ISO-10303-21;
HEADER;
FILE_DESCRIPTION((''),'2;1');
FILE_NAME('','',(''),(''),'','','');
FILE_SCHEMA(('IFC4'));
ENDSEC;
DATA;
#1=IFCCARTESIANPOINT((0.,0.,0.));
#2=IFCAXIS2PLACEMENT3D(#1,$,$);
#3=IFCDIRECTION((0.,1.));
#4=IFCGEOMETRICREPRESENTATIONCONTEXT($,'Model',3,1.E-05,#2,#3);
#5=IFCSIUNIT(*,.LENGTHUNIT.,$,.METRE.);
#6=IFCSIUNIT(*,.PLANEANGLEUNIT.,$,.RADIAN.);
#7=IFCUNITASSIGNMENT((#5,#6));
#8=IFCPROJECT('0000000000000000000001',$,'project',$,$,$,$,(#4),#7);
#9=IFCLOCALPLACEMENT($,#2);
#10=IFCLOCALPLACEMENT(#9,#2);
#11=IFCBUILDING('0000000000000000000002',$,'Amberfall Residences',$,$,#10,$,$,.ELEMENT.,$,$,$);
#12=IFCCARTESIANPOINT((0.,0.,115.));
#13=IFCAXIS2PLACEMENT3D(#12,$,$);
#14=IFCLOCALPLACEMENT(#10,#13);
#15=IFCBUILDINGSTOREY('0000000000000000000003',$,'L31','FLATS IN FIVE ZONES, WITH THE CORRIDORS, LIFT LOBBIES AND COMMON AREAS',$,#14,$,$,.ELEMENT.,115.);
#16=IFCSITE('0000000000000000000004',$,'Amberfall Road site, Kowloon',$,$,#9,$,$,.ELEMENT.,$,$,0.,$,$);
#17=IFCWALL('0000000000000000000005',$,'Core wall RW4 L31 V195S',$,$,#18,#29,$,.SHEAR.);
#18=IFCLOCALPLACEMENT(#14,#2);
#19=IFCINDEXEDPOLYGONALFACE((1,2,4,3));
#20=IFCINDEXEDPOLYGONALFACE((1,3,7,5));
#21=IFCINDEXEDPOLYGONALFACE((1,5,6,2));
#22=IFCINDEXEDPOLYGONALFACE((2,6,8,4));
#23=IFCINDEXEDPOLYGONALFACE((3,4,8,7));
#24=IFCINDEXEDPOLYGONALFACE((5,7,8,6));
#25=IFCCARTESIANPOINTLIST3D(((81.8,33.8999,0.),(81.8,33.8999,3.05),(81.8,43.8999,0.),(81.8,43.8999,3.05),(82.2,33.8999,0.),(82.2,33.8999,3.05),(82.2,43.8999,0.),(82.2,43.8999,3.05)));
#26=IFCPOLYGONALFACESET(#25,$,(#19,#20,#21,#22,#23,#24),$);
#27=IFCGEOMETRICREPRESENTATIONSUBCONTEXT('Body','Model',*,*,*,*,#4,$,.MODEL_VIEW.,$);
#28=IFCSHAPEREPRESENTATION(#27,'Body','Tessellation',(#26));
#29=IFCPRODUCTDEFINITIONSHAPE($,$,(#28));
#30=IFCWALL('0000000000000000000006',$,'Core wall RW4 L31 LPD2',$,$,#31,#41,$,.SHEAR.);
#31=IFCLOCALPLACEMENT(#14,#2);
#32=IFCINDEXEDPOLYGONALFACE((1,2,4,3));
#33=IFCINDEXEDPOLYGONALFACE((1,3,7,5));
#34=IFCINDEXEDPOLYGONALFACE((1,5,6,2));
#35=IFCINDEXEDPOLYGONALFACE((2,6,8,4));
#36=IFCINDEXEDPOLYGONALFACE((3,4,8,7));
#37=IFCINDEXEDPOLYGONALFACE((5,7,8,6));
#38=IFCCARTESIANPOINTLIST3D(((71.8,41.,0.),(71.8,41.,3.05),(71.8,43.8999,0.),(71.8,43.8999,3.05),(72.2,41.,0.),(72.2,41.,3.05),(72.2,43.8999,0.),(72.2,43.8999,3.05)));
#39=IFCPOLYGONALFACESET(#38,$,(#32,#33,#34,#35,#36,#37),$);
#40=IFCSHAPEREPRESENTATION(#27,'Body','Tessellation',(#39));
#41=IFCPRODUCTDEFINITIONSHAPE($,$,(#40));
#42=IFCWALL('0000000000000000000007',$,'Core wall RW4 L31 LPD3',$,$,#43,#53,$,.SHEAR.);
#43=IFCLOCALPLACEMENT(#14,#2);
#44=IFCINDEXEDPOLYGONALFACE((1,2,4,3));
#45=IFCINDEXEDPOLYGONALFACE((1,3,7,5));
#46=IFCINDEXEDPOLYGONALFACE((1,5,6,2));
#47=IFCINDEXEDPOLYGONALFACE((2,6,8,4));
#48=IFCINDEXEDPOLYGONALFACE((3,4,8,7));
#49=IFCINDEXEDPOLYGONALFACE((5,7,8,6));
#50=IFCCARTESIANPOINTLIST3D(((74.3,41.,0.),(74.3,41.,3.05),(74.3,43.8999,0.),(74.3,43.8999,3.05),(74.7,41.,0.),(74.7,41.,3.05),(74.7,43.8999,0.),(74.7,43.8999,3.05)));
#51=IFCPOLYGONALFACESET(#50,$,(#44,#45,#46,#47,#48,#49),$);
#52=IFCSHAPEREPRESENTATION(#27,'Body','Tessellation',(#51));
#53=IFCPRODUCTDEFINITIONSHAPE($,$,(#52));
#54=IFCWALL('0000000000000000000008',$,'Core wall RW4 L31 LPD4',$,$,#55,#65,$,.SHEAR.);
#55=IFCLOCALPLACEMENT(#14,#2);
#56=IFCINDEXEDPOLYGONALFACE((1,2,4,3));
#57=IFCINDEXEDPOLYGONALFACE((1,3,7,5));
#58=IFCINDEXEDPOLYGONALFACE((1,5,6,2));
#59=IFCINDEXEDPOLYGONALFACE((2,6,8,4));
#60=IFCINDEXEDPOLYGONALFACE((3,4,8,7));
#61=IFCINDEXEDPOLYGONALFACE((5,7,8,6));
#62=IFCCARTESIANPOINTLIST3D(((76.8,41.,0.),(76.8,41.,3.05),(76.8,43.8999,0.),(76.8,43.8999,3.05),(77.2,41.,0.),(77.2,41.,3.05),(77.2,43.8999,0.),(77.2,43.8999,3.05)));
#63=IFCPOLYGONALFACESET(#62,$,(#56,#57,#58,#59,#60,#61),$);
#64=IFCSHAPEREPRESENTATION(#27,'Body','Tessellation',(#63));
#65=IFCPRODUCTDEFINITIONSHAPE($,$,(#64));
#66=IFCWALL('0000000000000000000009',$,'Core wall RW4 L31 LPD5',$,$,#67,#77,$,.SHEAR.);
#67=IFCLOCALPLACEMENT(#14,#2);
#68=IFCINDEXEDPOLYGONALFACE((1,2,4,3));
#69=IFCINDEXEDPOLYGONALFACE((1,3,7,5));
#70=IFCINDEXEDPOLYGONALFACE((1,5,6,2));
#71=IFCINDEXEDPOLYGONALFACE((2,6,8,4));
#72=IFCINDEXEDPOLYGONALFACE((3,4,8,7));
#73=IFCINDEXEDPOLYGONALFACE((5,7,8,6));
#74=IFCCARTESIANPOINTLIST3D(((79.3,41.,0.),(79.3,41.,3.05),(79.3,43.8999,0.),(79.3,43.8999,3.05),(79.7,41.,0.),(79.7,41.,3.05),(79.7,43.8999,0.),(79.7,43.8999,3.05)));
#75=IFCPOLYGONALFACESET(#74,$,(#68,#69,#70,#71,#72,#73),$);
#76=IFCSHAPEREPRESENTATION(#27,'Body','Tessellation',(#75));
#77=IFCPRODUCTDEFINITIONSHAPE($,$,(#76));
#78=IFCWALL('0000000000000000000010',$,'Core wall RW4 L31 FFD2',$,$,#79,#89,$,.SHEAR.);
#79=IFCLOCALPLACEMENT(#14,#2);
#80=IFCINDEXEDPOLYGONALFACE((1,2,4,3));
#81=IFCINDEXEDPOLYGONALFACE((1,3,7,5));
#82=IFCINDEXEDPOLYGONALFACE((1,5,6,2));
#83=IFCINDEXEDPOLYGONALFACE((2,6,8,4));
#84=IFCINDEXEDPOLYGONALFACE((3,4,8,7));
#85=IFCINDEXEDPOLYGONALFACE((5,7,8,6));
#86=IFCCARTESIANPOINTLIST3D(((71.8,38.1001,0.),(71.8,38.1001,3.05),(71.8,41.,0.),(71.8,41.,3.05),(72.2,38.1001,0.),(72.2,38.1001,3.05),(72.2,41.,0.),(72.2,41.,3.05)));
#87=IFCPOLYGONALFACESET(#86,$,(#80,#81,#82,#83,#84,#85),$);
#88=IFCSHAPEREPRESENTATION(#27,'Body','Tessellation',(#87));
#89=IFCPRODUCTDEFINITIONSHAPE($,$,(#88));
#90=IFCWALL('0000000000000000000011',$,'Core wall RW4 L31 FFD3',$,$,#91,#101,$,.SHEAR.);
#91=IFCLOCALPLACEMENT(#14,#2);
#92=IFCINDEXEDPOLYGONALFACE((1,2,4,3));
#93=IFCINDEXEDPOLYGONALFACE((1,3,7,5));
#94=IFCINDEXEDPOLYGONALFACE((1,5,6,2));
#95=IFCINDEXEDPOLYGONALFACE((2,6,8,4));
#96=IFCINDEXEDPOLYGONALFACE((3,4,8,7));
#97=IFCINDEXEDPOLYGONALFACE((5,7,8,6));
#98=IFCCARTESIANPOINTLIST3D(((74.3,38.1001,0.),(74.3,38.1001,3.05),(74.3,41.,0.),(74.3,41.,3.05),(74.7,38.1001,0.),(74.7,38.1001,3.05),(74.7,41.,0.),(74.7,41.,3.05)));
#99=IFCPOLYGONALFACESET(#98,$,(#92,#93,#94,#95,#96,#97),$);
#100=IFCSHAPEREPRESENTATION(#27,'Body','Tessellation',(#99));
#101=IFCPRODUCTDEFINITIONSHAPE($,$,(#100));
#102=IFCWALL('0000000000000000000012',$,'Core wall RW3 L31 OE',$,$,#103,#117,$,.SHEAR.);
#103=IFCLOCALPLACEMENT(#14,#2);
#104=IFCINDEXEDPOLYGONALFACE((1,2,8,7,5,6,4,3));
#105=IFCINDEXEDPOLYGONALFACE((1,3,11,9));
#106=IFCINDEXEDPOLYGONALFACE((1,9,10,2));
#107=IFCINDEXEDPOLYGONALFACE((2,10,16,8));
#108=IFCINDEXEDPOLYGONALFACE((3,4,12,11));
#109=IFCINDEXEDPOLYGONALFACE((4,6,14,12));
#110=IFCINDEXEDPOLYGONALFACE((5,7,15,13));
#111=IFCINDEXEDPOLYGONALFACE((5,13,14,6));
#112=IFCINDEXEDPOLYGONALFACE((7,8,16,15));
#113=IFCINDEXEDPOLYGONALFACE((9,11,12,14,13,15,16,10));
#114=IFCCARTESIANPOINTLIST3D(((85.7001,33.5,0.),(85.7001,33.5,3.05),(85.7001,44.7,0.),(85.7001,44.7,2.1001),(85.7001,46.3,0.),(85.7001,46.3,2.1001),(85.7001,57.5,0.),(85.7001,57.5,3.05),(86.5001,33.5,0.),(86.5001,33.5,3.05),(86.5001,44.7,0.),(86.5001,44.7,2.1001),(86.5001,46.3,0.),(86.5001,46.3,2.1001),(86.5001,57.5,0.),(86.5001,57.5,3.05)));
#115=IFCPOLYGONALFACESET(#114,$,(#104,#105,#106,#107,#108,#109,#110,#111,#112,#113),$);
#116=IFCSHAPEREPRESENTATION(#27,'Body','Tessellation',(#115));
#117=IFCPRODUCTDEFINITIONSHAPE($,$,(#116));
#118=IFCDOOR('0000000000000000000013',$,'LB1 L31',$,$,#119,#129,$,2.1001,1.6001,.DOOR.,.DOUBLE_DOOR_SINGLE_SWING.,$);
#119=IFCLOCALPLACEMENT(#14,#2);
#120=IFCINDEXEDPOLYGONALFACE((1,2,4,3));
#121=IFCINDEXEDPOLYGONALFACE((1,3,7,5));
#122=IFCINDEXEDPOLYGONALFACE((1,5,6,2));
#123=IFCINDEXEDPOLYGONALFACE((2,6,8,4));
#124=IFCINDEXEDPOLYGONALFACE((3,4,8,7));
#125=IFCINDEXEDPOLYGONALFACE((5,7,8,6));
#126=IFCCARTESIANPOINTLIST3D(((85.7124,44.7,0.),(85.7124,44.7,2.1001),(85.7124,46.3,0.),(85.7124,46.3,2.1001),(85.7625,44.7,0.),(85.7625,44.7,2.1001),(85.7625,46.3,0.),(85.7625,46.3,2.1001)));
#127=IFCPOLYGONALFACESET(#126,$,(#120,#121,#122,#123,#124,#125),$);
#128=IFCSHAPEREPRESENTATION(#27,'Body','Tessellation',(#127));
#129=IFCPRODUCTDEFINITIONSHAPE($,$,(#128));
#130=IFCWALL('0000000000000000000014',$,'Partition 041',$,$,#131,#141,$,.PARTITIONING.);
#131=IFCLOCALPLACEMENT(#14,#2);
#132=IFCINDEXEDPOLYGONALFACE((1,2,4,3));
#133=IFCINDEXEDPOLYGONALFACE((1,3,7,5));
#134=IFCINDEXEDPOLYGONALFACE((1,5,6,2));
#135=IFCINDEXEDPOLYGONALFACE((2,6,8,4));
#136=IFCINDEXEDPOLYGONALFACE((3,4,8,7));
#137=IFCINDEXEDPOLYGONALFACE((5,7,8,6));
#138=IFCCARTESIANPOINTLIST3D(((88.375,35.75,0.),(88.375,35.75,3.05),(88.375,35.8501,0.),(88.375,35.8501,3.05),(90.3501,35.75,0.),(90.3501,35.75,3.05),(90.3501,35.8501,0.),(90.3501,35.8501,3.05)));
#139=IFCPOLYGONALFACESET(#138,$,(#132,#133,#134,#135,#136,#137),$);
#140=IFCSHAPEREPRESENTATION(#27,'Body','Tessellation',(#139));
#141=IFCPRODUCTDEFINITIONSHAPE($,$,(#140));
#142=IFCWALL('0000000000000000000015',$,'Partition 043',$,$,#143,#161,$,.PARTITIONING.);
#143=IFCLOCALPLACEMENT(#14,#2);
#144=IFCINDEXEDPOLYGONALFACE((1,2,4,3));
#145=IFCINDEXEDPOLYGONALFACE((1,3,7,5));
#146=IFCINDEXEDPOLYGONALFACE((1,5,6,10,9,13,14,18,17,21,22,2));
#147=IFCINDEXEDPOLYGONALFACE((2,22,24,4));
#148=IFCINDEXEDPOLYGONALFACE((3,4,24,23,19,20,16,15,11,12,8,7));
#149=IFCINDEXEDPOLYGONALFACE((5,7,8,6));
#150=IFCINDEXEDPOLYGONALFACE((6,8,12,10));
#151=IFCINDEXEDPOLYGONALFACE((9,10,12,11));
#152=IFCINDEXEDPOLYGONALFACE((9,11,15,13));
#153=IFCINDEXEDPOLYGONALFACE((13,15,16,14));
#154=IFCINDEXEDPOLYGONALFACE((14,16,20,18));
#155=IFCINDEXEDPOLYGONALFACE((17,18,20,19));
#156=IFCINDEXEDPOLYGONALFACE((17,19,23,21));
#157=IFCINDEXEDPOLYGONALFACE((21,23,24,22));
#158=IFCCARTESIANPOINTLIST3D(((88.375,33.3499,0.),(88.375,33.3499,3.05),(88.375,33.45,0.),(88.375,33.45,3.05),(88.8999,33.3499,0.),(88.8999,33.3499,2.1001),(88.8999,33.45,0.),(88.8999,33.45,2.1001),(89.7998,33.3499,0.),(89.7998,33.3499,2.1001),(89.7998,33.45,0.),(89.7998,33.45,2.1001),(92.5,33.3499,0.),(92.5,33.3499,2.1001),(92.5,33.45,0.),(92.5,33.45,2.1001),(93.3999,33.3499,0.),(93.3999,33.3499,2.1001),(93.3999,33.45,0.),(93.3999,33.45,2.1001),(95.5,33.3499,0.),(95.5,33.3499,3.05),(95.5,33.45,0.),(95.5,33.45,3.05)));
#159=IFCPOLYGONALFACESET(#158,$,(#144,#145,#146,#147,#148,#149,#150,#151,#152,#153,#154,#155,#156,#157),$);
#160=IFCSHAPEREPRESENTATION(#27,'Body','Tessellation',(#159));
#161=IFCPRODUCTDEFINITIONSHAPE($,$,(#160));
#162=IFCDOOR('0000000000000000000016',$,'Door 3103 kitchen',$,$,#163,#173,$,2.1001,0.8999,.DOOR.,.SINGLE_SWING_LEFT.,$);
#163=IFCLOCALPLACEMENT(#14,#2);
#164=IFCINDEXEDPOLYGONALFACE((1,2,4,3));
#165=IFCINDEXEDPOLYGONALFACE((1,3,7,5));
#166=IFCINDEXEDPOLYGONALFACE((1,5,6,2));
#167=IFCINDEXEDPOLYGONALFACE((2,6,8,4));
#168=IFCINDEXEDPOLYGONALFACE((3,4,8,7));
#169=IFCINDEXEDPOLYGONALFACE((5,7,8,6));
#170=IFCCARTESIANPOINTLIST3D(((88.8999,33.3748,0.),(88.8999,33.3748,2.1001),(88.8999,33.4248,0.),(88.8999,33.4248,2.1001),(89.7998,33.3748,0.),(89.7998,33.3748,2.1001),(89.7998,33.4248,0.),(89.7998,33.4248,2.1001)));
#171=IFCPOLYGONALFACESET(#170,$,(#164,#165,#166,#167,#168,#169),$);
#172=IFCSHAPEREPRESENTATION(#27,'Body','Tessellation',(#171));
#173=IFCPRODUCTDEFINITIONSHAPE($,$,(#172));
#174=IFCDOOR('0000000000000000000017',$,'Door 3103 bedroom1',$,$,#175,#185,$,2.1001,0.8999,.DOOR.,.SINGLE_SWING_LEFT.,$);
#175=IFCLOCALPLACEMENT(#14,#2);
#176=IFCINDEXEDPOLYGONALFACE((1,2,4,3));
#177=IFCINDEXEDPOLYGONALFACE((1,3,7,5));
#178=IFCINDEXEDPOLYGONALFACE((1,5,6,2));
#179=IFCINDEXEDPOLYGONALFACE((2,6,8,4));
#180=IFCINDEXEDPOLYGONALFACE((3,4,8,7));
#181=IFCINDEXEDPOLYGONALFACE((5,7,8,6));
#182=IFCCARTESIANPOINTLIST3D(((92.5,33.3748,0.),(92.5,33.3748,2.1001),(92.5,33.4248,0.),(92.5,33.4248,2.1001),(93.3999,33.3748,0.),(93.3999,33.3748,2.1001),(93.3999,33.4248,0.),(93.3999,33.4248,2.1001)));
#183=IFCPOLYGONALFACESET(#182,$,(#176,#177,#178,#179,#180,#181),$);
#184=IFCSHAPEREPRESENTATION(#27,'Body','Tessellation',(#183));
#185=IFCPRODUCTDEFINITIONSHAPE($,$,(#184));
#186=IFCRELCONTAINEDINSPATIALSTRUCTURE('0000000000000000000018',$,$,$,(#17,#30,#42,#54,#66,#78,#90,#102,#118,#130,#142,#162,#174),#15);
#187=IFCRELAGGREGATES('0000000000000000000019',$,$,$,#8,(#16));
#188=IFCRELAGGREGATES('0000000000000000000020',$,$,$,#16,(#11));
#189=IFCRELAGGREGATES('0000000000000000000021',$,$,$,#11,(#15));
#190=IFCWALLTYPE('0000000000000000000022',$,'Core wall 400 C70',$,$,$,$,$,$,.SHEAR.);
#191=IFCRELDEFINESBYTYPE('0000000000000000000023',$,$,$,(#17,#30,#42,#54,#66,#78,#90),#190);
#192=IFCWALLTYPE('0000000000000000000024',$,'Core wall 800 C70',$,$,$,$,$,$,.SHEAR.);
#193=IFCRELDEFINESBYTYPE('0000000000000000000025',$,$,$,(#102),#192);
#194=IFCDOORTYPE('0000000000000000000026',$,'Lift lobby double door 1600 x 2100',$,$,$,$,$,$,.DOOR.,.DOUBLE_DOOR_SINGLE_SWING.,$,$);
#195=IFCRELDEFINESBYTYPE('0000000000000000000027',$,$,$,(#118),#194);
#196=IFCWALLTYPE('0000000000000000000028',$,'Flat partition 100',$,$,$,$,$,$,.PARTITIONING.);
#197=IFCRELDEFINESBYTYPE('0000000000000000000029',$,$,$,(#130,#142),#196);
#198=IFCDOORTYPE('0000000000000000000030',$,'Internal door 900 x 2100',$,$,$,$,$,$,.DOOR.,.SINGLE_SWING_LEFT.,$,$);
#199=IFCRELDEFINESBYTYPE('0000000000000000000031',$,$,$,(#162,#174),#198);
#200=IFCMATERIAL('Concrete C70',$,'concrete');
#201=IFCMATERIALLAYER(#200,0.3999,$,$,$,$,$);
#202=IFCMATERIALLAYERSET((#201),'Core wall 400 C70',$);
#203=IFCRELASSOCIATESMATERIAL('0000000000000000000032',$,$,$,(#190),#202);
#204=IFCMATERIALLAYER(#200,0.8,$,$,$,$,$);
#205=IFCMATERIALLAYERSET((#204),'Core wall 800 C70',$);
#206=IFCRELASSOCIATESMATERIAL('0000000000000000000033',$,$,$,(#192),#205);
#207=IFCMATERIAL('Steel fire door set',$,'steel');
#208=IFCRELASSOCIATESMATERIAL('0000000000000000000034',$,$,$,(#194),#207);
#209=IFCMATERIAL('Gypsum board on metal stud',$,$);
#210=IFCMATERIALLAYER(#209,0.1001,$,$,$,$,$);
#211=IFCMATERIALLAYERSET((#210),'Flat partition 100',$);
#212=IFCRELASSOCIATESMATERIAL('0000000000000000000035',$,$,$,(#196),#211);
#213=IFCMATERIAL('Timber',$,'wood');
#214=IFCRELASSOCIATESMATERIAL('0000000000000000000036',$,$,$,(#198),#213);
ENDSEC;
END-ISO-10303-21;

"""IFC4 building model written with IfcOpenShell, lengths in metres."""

from ifc_helpers import new_model, si_unit, direction, frame, frame_2d, origin, place, context, subcontext, project, spatial, rectangle, extrude, material, layer, layer_set, type_object, element, fill, save


model = new_model("IFC4")

# Units and contexts
model_context = context("Model", 3, precision=1e-05, world=origin(), true_north=direction((0.0, 1.0)))
body_context = subcontext(model_context, "Body", "Model", "MODEL_VIEW")
ifc_project = project(units=[si_unit("LENGTHUNIT", "METRE"), si_unit("PLANEANGLEUNIT", "RADIAN")], contexts=[model_context])

# Site, building, storey
site_placement = place(None, origin())
site = spatial("IfcSite", under=ifc_project, at=site_placement, Name="Amberfall Road site, Kowloon", CompositionType="ELEMENT", RefElevation=0.0)
building_placement = place(site_placement, origin())
building = spatial("IfcBuilding", under=site, at=building_placement, Name="Amberfall Residences", CompositionType="ELEMENT")
storey_placement = place(building_placement, frame((0.0, 0.0, 115.0)))
storey = spatial("IfcBuildingStorey", under=building, at=storey_placement, Name="L31", Description="FLATS IN FIVE ZONES, WITH THE CORRIDORS, LIFT LOBBIES AND COMMON AREAS", CompositionType="ELEMENT", Elevation=115.0)

# Walls
ifc_material_1 = material(Name="Concrete C70", Category="concrete")
ifc_layer_1 = layer(ifc_material_1, 0.3999)
ifc_layer_set_1 = layer_set([ifc_layer_1], Name="Core wall 400 C70")
wall_type_1 = type_object("IfcWallType", Name="Core wall 400 C70", PredefinedType="SHEAR", material=ifc_layer_set_1)
wall_1_placement = place(storey_placement, frame((82.0, 33.8999, 0.0), z_axis=(0.0, 0.0, 1.0), x_axis=(0.0, 1.0, 0.0)))
element("IfcWall", 1, at=wall_1_placement, inside=storey, type_object=wall_type_1, Name="Core wall RW4 L31 V195S", PredefinedType="SHEAR", context=body_context, shape_type="SweptSolid", body=[
    extrude(rectangle(XDim=10.0, YDim=0.3999, at=frame_2d((5.0, 0.0))), origin(), (0.0, 0.0, 1.0), 3.05),
])
for number, where, z_axis, x_axis, name in (
    (2, (72.0, 41.0, 0.0), (0.0, 0.0, 1.0), (0.0, 1.0, 0.0), "Core wall RW4 L31 LPD2"),
    (3, (74.5, 41.0, 0.0), (0.0, 0.0, 1.0), (0.0, 1.0, 0.0), "Core wall RW4 L31 LPD3"),
    (4, (77.0, 41.0, 0.0), (0.0, 0.0, 1.0), (0.0, 1.0, 0.0), "Core wall RW4 L31 LPD4"),
    (5, (79.5, 41.0, 0.0), (0.0, 0.0, 1.0), (0.0, 1.0, 0.0), "Core wall RW4 L31 LPD5"),
    (6, (72.0, 38.1001, 0.0), (0.0, 0.0, 1.0), (0.0, 1.0, 0.0), "Core wall RW4 L31 FFD2"),
    (7, (74.5, 38.1001, 0.0), (0.0, 0.0, 1.0), (0.0, 1.0, 0.0), "Core wall RW4 L31 FFD3"),
):
    element("IfcWall", number, at=place(storey_placement, frame(where, z_axis=z_axis, x_axis=x_axis)), inside=storey, type_object=wall_type_1, Name=name, PredefinedType="SHEAR", context=body_context, shape_type="SweptSolid", body=[
        extrude(rectangle(XDim=2.8999, YDim=0.3999, at=frame_2d((1.45, 0.0))), origin(), (0.0, 0.0, 1.0), 3.05),
    ])

# Wall, opening, door
ifc_layer_2 = layer(ifc_material_1, 0.8)
ifc_layer_set_2 = layer_set([ifc_layer_2], Name="Core wall 800 C70")
wall_type_2 = type_object("IfcWallType", Name="Core wall 800 C70", PredefinedType="SHEAR", material=ifc_layer_set_2)
wall_2_placement = place(storey_placement, frame((86.1001, 33.5, 0.0), z_axis=(0.0, 0.0, 1.0), x_axis=(0.0, 1.0, 0.0)))
wall_2 = element("IfcWall", 8, at=wall_2_placement, inside=storey, type_object=wall_type_2, Name="Core wall RW3 L31 OE", PredefinedType="SHEAR", context=body_context, shape_type="SweptSolid", body=[
    extrude(rectangle(XDim=24.0, YDim=0.8, at=frame_2d((12.0, 0.0))), origin(), (0.0, 0.0, 1.0), 3.05),
])
opening_1_placement = place(wall_2_placement, frame((11.2, 0.0, 0.0)))
opening_1 = element("IfcOpeningElement", 9, at=opening_1_placement, cuts=wall_2, PredefinedType="OPENING", context=body_context, shape_type="SweptSolid", body=[
    extrude(rectangle(XDim=1.6001, YDim=2.1001, at=frame_2d((0.8, 1.05))), frame((0.0, 0.4099, 0.0), z_axis=(0.0, -1.0, 0.0), x_axis=(1.0, 0.0, 0.0)), (0.0, 0.0, 1.0), 0.8201),
])
ifc_material_2 = material(Name="Steel fire door set", Category="steel")
door_type_1 = type_object("IfcDoorType", Name="Lift lobby double door 1600 x 2100", OperationType="DOUBLE_DOOR_SINGLE_SWING", PredefinedType="DOOR", material=ifc_material_2)
door_1_placement = place(opening_1_placement, origin())
door_1 = element("IfcDoor", 10, at=door_1_placement, inside=storey, type_object=door_type_1, Name="LB1 L31", OperationType="DOUBLE_DOOR_SINGLE_SWING", OverallHeight=2.1001, OverallWidth=1.6001, PredefinedType="DOOR", context=body_context, shape_type="SweptSolid", body=[
    extrude(rectangle(XDim=1.6001, YDim=2.1001, at=frame_2d((0.8, 1.05))), frame((0.0, 0.3877, 0.0), z_axis=(0.0, -1.0, 0.0), x_axis=(1.0, 0.0, 0.0)), (0.0, 0.0, 1.0), 0.05),
])
fill(opening_1, door_1)

# Wall
ifc_material_3 = material(Name="Gypsum board on metal stud")
ifc_layer_3 = layer(ifc_material_3, 0.1001)
ifc_layer_set_3 = layer_set([ifc_layer_3], Name="Flat partition 100")
wall_type_3 = type_object("IfcWallType", Name="Flat partition 100", PredefinedType="PARTITIONING", material=ifc_layer_set_3)
wall_3_placement = place(storey_placement, frame((88.375, 35.8, 0.0), z_axis=(0.0, 0.0, 1.0), x_axis=(1.0, 0.0, 0.0)))
element("IfcWall", 11, at=wall_3_placement, inside=storey, type_object=wall_type_3, Name="Partition 041", PredefinedType="PARTITIONING", context=body_context, shape_type="SweptSolid", body=[
    extrude(rectangle(XDim=1.9751, YDim=0.1001, at=frame_2d((0.9875, 0.0))), origin(), (0.0, 0.0, 1.0), 3.05),
])

# Wall, openings, doors
wall_4_placement = place(storey_placement, frame((88.375, 33.3999, 0.0), z_axis=(0.0, 0.0, 1.0), x_axis=(1.0, 0.0, 0.0)))
wall_4 = element("IfcWall", 12, at=wall_4_placement, inside=storey, type_object=wall_type_3, Name="Partition 043", PredefinedType="PARTITIONING", context=body_context, shape_type="SweptSolid", body=[
    extrude(rectangle(XDim=7.125, YDim=0.1001, at=frame_2d((3.5625, 0.0))), origin(), (0.0, 0.0, 1.0), 3.05),
])
opening_2_placement = place(wall_4_placement, frame((0.5249, 0.0, 0.0)))
opening_2 = element("IfcOpeningElement", 13, at=opening_2_placement, cuts=wall_4, PredefinedType="OPENING", context=body_context, shape_type="SweptSolid", body=[
    extrude(rectangle(XDim=0.8999, YDim=2.1001, at=frame_2d((0.45, 1.05))), frame((0.0, 0.0601, 0.0), z_axis=(0.0, -1.0, 0.0), x_axis=(1.0, 0.0, 0.0)), (0.0, 0.0, 1.0), 0.1201),
])
opening_3_placement = place(wall_4_placement, frame((4.125, 0.0, 0.0)))
opening_3 = element("IfcOpeningElement", 14, at=opening_3_placement, cuts=wall_4, PredefinedType="OPENING", context=body_context, shape_type="SweptSolid", body=[
    extrude(rectangle(XDim=0.8999, YDim=2.1001, at=frame_2d((0.45, 1.05))), frame((0.0, 0.0601, 0.0), z_axis=(0.0, -1.0, 0.0), x_axis=(1.0, 0.0, 0.0)), (0.0, 0.0, 1.0), 0.1201),
])
ifc_material_4 = material(Name="Timber", Category="wood")
door_type_2 = type_object("IfcDoorType", Name="Internal door 900 x 2100", OperationType="SINGLE_SWING_LEFT", PredefinedType="DOOR", material=ifc_material_4)
door_2_placement = place(opening_2_placement, origin())
door_2 = element("IfcDoor", 15, at=door_2_placement, inside=storey, type_object=door_type_2, Name="Door 3103 kitchen", OperationType="SINGLE_SWING_LEFT", OverallHeight=2.1001, OverallWidth=0.8999, PredefinedType="DOOR", context=body_context, shape_type="SweptSolid", body=[
    extrude(rectangle(XDim=0.8999, YDim=2.1001, at=frame_2d((0.45, 1.05))), frame((0.0, 0.0249, 0.0), z_axis=(0.0, -1.0, 0.0), x_axis=(1.0, 0.0, 0.0)), (0.0, 0.0, 1.0), 0.05),
])
fill(opening_2, door_2)
door_3_placement = place(opening_3_placement, origin())
door_3 = element("IfcDoor", 16, at=door_3_placement, inside=storey, type_object=door_type_2, Name="Door 3103 bedroom1", OperationType="SINGLE_SWING_LEFT", OverallHeight=2.1001, OverallWidth=0.8999, PredefinedType="DOOR", context=body_context, shape_type="SweptSolid", body=[
    extrude(rectangle(XDim=0.8999, YDim=2.1001, at=frame_2d((0.45, 1.05))), frame((0.0, 0.0249, 0.0), z_axis=(0.0, -1.0, 0.0), x_axis=(1.0, 0.0, 0.0)), (0.0, 0.0, 1.0), 0.05),
])
fill(opening_3, door_3)

save(model, "model.ifc")
